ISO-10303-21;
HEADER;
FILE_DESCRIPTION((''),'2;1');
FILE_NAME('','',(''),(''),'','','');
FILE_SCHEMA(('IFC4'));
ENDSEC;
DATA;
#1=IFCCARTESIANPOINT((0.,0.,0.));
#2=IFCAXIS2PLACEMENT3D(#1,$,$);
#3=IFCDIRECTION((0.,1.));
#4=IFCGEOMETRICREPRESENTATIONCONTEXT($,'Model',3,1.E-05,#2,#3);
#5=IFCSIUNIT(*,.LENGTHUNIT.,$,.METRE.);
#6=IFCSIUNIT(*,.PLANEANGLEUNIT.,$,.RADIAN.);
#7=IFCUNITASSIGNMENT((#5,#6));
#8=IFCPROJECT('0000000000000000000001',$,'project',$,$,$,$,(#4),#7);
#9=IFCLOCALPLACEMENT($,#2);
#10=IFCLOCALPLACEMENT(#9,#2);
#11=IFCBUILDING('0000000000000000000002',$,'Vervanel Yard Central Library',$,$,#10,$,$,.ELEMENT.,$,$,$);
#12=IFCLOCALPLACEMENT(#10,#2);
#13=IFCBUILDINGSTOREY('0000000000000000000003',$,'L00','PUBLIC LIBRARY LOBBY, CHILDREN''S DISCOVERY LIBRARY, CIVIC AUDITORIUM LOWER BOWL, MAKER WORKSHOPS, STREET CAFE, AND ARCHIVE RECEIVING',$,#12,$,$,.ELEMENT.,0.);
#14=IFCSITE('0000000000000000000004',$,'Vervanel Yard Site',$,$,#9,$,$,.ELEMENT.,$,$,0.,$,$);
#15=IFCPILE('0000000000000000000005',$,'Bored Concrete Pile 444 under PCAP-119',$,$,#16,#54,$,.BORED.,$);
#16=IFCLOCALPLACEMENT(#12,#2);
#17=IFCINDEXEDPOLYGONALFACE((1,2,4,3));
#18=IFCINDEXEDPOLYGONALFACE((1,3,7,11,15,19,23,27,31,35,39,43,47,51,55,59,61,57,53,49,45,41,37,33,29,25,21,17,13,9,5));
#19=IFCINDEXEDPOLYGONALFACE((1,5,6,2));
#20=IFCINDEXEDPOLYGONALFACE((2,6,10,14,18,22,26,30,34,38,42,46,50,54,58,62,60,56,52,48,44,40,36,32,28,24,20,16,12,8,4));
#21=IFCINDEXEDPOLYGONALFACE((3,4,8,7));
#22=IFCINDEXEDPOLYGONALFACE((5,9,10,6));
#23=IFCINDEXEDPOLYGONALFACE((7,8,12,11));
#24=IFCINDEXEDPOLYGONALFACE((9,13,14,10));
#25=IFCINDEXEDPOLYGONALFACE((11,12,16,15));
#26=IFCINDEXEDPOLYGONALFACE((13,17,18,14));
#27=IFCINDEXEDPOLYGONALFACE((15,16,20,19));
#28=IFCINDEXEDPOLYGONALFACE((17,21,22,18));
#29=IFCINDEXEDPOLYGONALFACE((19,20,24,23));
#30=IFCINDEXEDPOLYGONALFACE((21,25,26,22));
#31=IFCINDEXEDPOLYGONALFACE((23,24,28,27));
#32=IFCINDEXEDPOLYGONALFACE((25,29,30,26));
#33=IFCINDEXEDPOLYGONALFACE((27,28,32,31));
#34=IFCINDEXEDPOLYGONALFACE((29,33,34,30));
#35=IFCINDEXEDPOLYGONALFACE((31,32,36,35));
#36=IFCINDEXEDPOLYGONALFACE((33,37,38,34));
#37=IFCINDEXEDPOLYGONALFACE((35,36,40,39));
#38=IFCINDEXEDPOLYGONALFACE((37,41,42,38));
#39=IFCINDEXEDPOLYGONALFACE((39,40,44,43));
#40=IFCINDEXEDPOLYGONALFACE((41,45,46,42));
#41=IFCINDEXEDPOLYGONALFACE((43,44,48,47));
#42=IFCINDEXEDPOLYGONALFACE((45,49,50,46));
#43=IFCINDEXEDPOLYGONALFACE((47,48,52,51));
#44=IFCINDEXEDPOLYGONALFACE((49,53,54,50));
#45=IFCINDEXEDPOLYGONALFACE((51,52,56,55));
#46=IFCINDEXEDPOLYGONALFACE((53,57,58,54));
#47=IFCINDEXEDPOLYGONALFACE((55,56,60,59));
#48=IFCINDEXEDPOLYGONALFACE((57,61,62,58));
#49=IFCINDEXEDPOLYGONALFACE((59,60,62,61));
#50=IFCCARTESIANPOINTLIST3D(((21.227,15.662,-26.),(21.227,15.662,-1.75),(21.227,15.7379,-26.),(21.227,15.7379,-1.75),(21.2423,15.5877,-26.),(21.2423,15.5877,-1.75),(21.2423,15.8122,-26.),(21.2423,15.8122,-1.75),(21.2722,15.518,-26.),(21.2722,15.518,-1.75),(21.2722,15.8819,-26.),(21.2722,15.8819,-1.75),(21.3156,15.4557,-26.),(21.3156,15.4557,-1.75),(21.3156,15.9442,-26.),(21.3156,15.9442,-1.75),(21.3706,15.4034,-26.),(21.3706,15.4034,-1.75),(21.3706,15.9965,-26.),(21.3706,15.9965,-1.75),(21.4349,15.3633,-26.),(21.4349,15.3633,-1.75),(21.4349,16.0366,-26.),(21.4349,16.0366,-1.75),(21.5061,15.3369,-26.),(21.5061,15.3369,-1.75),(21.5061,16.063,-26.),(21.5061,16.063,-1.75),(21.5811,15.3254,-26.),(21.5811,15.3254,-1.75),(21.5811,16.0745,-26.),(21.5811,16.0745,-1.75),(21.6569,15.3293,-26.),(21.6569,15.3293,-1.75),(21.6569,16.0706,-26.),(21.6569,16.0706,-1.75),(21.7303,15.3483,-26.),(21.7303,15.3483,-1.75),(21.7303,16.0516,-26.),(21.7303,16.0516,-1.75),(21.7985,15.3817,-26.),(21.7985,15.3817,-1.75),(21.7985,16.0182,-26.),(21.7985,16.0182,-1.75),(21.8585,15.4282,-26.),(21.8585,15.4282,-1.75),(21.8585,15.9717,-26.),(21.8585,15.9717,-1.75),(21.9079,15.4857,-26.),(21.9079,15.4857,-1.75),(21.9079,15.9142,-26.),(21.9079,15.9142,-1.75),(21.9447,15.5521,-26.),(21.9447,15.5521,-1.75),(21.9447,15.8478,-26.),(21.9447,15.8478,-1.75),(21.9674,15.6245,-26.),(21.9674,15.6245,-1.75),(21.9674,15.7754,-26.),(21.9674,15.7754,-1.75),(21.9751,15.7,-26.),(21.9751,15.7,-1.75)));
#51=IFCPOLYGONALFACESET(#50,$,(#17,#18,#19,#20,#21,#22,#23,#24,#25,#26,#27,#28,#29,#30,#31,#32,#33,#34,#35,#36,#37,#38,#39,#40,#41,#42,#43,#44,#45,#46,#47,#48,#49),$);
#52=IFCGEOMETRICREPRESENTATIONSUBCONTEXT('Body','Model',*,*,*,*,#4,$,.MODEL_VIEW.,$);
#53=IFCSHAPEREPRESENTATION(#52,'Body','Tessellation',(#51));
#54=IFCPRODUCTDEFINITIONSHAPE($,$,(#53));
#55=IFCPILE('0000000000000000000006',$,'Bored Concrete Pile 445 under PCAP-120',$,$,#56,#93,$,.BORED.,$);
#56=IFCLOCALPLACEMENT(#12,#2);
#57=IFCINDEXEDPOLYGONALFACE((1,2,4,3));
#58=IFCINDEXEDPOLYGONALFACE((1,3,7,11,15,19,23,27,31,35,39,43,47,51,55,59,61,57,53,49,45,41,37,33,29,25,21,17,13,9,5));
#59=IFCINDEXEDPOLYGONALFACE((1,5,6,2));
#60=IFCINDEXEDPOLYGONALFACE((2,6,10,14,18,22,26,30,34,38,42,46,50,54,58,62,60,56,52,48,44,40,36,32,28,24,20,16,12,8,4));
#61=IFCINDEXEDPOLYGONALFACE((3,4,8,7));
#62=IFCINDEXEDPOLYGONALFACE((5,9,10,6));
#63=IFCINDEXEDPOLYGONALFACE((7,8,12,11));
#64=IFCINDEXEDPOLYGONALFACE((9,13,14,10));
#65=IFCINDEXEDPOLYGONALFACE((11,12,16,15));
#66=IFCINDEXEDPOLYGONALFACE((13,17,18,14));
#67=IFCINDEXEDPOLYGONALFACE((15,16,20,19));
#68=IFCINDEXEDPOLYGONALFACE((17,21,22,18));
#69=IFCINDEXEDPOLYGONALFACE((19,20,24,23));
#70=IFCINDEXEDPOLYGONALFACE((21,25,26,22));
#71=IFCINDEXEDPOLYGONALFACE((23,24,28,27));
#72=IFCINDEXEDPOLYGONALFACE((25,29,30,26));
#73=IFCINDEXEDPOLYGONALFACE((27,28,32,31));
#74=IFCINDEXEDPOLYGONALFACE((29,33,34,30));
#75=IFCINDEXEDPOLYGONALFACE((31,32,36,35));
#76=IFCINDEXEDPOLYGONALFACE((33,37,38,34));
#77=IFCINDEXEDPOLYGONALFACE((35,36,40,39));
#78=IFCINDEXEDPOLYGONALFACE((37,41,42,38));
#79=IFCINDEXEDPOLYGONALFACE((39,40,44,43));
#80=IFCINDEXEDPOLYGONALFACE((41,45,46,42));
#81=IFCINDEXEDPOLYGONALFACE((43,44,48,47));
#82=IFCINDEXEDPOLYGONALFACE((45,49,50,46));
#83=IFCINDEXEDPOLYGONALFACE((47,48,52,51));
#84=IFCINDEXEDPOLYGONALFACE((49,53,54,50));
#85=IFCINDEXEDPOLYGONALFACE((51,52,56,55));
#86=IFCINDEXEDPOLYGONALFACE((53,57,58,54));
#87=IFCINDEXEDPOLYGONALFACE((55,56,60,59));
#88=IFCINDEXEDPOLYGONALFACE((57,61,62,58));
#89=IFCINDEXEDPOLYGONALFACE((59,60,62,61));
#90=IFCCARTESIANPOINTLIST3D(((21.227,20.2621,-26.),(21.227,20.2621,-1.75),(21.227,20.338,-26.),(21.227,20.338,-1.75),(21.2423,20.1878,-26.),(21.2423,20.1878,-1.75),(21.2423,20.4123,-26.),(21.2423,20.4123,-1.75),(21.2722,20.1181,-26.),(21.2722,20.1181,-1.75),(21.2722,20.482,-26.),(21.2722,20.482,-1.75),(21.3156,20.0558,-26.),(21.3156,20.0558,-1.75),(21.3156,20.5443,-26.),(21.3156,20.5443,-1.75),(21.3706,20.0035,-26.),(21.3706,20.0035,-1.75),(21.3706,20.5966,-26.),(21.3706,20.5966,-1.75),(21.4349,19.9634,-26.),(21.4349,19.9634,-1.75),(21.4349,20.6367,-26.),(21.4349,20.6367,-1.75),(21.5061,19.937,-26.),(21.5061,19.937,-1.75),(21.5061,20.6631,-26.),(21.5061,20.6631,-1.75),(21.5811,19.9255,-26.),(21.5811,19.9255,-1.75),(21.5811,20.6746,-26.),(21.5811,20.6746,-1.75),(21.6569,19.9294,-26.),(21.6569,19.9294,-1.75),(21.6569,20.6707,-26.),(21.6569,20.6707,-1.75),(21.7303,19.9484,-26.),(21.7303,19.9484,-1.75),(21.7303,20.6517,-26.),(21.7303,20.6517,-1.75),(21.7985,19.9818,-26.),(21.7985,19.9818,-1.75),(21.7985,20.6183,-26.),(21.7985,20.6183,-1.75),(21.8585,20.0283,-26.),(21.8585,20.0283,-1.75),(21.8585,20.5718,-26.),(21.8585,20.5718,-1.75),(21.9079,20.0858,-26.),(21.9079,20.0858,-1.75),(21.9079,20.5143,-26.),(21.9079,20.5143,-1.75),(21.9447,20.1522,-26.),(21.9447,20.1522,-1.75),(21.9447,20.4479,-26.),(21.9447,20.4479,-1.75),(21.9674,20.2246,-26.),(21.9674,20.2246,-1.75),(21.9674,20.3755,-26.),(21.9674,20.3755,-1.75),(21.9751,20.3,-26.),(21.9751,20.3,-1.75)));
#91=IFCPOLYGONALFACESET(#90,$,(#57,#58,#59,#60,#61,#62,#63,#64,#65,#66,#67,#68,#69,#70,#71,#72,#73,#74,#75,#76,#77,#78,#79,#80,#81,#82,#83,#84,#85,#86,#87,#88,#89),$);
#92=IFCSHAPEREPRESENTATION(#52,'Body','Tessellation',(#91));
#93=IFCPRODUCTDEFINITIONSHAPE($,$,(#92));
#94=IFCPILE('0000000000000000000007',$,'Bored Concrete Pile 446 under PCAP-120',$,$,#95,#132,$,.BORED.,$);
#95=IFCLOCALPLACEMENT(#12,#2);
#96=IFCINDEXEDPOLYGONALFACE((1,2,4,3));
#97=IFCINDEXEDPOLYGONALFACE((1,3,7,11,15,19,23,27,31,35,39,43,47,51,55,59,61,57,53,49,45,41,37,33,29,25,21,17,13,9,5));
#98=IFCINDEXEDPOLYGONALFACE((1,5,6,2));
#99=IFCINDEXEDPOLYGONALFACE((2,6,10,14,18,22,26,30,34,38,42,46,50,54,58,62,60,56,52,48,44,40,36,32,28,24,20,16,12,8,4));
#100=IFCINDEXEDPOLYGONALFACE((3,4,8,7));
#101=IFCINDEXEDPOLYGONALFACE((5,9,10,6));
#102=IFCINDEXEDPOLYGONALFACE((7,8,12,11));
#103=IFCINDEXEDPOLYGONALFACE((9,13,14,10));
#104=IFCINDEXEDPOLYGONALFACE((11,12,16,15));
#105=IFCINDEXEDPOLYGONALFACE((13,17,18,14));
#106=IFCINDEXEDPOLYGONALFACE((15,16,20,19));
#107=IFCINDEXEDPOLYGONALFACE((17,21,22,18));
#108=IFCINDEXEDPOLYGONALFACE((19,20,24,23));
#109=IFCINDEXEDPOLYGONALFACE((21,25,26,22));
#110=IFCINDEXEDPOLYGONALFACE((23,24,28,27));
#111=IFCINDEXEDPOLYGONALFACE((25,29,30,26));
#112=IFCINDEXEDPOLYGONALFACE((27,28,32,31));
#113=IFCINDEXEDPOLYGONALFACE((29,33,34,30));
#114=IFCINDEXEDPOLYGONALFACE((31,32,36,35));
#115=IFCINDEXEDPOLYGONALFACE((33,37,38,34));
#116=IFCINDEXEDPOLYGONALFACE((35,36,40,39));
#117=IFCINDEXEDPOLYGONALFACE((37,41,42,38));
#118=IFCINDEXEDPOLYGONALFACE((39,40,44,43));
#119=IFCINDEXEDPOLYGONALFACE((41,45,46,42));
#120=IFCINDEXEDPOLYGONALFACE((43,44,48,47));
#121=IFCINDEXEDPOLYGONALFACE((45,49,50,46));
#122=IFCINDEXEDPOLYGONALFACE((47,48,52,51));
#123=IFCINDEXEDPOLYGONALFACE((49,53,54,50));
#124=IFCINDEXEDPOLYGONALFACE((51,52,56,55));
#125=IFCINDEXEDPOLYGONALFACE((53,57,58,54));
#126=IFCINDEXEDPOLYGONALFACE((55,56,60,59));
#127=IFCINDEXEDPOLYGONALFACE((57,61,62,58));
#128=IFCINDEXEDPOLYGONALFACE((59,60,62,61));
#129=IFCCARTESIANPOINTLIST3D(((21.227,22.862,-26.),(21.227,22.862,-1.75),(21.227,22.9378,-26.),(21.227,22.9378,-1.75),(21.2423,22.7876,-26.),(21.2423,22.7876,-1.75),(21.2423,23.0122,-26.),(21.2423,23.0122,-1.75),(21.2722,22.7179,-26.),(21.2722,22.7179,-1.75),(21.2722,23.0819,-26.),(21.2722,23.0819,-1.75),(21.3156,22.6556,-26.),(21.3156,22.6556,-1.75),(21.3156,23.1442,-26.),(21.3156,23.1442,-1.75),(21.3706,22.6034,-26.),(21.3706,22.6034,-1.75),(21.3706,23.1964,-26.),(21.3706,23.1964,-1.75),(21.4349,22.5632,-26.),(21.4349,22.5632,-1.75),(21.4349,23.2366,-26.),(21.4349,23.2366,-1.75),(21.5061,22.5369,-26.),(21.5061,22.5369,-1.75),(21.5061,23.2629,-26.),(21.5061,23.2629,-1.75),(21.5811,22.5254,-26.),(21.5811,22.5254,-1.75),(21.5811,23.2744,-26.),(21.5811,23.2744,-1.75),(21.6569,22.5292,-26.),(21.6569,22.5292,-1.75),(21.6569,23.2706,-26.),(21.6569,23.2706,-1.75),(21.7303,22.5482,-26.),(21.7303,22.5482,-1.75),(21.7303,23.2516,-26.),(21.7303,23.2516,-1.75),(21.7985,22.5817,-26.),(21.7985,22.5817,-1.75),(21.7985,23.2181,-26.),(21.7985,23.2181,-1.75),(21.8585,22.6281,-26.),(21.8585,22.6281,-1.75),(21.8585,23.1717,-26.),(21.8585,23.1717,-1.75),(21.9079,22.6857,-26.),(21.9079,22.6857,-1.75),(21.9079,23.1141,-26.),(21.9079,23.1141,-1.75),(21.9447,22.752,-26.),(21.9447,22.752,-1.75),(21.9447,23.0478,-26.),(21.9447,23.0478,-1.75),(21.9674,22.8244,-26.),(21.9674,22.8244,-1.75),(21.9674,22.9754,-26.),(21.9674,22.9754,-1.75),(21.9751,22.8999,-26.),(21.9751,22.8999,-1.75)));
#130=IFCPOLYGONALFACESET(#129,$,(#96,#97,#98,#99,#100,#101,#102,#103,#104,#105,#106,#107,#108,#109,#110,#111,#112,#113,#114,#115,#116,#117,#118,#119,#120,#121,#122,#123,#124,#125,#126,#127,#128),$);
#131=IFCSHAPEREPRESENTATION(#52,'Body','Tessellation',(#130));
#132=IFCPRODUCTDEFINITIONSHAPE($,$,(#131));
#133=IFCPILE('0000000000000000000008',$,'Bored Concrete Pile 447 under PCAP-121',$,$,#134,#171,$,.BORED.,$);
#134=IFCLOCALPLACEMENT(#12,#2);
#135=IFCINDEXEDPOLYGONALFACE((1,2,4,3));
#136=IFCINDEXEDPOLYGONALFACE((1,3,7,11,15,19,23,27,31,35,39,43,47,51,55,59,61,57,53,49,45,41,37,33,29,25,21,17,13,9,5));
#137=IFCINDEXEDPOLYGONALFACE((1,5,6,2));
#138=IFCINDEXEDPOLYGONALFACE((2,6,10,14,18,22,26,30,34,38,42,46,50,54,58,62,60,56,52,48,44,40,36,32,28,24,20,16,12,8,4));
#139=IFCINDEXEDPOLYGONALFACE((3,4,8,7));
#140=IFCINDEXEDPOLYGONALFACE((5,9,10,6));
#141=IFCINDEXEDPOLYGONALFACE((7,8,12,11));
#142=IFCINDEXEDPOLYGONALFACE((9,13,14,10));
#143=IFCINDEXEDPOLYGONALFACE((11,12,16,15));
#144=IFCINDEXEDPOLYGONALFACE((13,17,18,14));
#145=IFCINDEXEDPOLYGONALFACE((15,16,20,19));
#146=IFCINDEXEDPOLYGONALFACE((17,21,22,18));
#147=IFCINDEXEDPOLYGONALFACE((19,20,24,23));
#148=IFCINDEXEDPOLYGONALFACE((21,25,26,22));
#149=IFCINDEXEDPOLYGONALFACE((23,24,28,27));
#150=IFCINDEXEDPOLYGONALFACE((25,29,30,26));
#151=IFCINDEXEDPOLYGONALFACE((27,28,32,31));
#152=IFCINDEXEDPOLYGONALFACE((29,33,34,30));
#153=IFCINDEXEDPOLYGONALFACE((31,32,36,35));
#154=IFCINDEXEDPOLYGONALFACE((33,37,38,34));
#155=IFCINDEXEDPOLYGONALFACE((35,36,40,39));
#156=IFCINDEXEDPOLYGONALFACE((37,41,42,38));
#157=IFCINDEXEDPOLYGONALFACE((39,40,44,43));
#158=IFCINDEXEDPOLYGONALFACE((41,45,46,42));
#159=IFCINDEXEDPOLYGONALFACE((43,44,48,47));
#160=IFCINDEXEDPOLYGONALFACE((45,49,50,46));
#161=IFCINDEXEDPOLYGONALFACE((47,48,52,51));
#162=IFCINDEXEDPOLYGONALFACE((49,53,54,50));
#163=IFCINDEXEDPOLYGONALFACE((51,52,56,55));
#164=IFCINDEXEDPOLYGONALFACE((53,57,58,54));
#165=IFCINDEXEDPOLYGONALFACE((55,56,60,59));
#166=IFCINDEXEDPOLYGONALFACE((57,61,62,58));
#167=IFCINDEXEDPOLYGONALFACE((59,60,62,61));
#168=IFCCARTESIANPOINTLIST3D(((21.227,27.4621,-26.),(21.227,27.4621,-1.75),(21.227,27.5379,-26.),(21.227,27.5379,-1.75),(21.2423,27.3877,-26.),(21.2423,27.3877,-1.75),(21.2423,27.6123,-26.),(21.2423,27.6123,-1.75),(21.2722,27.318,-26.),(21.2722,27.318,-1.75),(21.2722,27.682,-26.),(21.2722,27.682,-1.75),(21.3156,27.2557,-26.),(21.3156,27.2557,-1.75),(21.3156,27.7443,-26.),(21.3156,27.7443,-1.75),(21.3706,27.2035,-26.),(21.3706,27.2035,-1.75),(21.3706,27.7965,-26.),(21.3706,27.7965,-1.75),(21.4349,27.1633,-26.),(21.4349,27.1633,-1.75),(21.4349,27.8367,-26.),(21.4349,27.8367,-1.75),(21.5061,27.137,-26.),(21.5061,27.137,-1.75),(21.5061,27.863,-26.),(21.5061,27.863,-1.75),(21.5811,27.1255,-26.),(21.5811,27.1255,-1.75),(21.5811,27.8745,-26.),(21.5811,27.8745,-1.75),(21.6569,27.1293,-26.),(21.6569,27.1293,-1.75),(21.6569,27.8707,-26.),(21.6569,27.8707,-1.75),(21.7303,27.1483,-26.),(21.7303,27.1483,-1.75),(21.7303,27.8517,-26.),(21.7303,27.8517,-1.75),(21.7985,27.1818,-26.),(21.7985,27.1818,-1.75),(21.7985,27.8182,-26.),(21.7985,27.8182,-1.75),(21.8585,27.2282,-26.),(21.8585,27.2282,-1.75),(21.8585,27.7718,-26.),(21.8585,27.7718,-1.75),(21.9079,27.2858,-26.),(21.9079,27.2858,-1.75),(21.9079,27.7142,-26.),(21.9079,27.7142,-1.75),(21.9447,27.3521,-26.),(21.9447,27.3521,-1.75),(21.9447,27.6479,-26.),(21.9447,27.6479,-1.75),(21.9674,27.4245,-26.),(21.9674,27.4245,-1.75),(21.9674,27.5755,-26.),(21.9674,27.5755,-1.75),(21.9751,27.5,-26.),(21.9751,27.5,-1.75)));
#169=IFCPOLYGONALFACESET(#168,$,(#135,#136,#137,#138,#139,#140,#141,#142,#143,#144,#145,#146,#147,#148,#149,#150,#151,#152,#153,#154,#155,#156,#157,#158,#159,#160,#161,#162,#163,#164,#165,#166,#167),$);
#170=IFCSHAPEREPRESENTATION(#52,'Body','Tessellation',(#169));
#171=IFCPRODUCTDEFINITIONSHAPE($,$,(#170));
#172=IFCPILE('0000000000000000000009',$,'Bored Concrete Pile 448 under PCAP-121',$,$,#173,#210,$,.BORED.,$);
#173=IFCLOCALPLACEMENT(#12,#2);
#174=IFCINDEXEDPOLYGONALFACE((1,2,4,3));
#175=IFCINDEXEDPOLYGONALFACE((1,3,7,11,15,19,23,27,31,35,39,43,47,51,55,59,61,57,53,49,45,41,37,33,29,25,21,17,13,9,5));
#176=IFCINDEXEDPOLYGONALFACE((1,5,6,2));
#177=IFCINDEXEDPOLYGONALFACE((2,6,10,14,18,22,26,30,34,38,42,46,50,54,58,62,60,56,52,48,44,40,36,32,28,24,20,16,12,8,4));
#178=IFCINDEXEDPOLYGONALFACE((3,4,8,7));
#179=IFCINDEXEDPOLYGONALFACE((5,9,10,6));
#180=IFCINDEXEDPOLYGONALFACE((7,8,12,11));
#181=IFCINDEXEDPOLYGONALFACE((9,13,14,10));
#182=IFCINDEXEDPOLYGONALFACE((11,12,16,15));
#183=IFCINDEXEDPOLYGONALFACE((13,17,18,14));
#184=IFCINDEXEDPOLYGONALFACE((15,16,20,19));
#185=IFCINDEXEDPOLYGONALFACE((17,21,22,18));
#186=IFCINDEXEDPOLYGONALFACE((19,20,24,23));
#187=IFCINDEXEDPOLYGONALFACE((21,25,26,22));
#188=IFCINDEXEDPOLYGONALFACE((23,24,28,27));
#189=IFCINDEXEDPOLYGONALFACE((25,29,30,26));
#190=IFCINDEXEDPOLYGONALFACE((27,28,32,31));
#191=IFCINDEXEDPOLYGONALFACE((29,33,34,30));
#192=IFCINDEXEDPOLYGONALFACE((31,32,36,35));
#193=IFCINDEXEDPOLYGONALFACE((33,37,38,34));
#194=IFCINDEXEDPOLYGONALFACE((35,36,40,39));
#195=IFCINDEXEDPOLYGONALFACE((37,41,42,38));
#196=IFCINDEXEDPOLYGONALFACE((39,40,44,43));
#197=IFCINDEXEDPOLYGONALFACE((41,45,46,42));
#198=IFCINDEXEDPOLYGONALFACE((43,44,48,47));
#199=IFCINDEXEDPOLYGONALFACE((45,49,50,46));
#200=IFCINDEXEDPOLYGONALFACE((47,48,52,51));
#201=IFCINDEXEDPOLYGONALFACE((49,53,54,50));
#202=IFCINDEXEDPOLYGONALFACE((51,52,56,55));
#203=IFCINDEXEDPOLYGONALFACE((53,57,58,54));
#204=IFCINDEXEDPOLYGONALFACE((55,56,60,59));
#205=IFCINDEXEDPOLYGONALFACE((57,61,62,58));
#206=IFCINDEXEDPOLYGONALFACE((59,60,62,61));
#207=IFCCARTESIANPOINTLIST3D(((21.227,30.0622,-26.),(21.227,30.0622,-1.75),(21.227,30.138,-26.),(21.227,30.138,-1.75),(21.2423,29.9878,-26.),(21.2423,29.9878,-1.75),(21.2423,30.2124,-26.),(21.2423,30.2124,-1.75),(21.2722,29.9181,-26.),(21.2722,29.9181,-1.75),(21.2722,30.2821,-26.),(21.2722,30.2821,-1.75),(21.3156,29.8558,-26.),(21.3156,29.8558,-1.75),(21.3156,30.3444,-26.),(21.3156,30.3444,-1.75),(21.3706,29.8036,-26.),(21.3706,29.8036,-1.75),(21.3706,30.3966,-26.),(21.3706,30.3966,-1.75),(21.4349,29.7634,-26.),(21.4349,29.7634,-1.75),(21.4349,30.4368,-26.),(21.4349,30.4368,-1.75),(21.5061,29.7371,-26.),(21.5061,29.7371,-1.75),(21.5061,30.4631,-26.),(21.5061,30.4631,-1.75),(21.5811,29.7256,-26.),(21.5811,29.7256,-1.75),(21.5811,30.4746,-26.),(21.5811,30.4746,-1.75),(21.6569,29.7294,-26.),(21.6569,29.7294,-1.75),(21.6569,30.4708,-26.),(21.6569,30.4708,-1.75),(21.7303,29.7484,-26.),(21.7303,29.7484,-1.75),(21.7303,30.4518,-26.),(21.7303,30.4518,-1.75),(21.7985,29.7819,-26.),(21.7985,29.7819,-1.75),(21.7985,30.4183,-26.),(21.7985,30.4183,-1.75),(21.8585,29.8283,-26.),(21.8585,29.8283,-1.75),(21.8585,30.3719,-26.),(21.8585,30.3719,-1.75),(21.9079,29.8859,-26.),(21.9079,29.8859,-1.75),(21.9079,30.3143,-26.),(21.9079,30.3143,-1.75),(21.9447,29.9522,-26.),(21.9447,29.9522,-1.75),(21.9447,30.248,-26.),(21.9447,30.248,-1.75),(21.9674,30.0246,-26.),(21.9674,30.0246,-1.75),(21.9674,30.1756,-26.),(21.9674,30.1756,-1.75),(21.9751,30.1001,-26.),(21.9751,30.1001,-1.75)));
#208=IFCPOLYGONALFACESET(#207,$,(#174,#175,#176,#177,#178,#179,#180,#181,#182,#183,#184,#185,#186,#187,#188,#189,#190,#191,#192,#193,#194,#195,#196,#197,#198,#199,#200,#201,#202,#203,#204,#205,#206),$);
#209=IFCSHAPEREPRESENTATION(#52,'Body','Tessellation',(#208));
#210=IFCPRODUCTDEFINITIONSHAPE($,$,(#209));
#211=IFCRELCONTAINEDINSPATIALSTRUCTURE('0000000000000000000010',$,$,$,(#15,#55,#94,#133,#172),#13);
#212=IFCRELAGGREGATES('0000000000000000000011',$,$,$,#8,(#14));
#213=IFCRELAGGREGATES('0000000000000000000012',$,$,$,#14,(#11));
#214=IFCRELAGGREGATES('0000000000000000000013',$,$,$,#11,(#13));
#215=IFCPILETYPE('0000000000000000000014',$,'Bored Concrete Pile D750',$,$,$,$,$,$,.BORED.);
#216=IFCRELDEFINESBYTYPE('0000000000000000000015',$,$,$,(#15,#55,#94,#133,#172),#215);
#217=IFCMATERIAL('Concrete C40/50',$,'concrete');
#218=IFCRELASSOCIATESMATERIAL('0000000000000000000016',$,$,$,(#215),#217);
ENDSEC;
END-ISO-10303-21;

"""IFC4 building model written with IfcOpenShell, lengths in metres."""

from ifc_helpers import new_model, si_unit, direction, frame, origin, origin_2d, place, context, subcontext, project, spatial, circle, extrude, material, material_profile, profile_set, type_object, element, save


model = new_model("IFC4")

# Units and contexts
model_context = context("Model", 3, precision=1e-05, world=origin(), true_north=direction((0.0, 1.0)))
body_context = subcontext(model_context, "Body", "Model", "MODEL_VIEW")
ifc_project = project(units=[si_unit("LENGTHUNIT", "METRE"), si_unit("PLANEANGLEUNIT", "RADIAN")], contexts=[model_context])

# Site, building, storey
site_placement = place(None, origin())
site = spatial("IfcSite", under=ifc_project, at=site_placement, Name="Vervanel Yard Site", CompositionType="ELEMENT", RefElevation=0.0)
building_placement = place(site_placement, origin())
building = spatial("IfcBuilding", under=site, at=building_placement, Name="Vervanel Yard Central Library", CompositionType="ELEMENT")
storey_placement = place(building_placement, origin())
storey = spatial("IfcBuildingStorey", under=building, at=storey_placement, Name="L00", Description="PUBLIC LIBRARY LOBBY, CHILDREN'S DISCOVERY LIBRARY, CIVIC AUDITORIUM LOWER BOWL, MAKER WORKSHOPS, STREET CAFE, AND ARCHIVE RECEIVING", CompositionType="ELEMENT", Elevation=0.0)

# Piles
ifc_material_1 = material(Name="Concrete C40/50", Category="concrete")
ifc_material_profile_1 = material_profile(ifc_material_1, circle(Radius=0.375, at=origin_2d()), Name="BP D750", Category="concrete")
ifc_profile_set_1 = profile_set([ifc_material_profile_1], Name="Concrete C40/50")
pile_type = type_object("IfcPileType", Name="Bored Concrete Pile D750", PredefinedType="BORED", material=ifc_profile_set_1)
for number, where, z_axis, x_axis, name in (
    (1, (21.6001, 15.7, -1.75), (0.0, 0.0, -1.0), (1.0, 0.0, 0.0), "Bored Concrete Pile 444 under PCAP-119"),
    (2, (21.6001, 20.3, -1.75), (0.0, 0.0, -1.0), (1.0, 0.0, 0.0), "Bored Concrete Pile 445 under PCAP-120"),
    (3, (21.6001, 22.8999, -1.75), (0.0, 0.0, -1.0), (1.0, 0.0, 0.0), "Bored Concrete Pile 446 under PCAP-120"),
    (4, (21.6001, 27.5, -1.75), (0.0, 0.0, -1.0), (1.0, 0.0, 0.0), "Bored Concrete Pile 447 under PCAP-121"),
    (5, (21.6001, 30.1001, -1.75), (0.0, 0.0, -1.0), (1.0, 0.0, 0.0), "Bored Concrete Pile 448 under PCAP-121"),
):
    element("IfcPile", number, at=place(storey_placement, frame(where, z_axis=z_axis, x_axis=x_axis)), inside=storey, type_object=pile_type, Name=name, PredefinedType="BORED", context=body_context, shape_type="SweptSolid", body=[
        extrude(circle(Radius=0.375, at=origin_2d()), origin(), (0.0, 0.0, 1.0), 24.25),
    ])

save(model, "model.ifc")
